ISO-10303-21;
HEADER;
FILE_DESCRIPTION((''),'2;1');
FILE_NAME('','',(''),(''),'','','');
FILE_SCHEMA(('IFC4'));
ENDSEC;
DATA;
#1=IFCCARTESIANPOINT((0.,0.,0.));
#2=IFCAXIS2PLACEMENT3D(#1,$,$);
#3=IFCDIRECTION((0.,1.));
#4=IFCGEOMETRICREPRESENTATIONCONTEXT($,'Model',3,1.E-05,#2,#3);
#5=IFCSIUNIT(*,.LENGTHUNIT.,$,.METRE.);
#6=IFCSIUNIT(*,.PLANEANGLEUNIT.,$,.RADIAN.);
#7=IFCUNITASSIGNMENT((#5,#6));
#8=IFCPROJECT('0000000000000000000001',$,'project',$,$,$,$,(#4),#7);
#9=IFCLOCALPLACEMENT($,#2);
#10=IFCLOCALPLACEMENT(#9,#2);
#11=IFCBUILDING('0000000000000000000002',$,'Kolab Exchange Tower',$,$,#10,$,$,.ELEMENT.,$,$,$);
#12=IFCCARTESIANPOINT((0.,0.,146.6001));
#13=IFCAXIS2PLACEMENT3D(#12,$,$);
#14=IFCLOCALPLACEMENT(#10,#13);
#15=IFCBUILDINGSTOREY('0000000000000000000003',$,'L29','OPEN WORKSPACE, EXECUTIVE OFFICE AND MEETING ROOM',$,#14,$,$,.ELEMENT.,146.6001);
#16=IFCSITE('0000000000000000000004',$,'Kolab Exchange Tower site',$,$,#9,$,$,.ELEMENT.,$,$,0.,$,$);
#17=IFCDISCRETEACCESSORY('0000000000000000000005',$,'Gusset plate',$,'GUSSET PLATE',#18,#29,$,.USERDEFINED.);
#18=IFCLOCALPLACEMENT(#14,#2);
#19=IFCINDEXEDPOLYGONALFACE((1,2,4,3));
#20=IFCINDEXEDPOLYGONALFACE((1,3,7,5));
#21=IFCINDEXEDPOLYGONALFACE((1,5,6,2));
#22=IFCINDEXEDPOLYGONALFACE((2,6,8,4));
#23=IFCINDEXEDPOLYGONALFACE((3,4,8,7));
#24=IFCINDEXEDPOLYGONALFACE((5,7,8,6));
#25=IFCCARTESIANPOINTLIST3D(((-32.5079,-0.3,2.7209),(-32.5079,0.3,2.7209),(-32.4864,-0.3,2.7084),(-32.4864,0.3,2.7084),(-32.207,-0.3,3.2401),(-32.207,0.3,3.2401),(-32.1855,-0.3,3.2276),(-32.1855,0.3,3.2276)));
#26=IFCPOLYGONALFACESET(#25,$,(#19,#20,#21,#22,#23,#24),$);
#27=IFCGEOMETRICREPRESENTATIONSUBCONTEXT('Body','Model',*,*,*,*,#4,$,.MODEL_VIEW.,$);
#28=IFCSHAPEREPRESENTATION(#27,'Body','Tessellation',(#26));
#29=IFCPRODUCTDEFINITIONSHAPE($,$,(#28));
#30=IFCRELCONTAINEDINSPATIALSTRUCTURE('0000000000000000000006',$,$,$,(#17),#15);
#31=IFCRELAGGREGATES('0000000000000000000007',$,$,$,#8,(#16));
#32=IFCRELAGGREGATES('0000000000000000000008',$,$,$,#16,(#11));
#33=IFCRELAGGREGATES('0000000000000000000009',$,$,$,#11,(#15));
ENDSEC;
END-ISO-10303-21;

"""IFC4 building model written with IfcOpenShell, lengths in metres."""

from ifc_helpers import new_model, si_unit, direction, frame, origin, origin_2d, place, context, subcontext, project, spatial, rectangle, extrude, element, save


model = new_model("IFC4")

# Units and contexts
model_context = context("Model", 3, precision=1e-05, world=origin(), true_north=direction((0.0, 1.0)))
body_context = subcontext(model_context, "Body", "Model", "MODEL_VIEW")
ifc_project = project(units=[si_unit("LENGTHUNIT", "METRE"), si_unit("PLANEANGLEUNIT", "RADIAN")], contexts=[model_context])

# Site, building, storey
site_placement = place(None, origin())
site = spatial("IfcSite", under=ifc_project, at=site_placement, Name="Kolab Exchange Tower site", CompositionType="ELEMENT", RefElevation=0.0)
building_placement = place(site_placement, origin())
building = spatial("IfcBuilding", under=site, at=building_placement, Name="Kolab Exchange Tower", CompositionType="ELEMENT")
storey_placement = place(building_placement, frame((0.0, 0.0, 146.6001)))
storey = spatial("IfcBuildingStorey", under=building, at=storey_placement, Name="L29", Description="OPEN WORKSPACE, EXECUTIVE OFFICE AND MEETING ROOM", CompositionType="ELEMENT", Elevation=146.6001)

# Discrete accessory
discrete_accessory_placement = place(storey_placement, frame((-32.3359, 0.0, 2.968), z_axis=(-0.865202, 0.0, 0.501424), x_axis=(0.0, -1.0, 0.0)))
element("IfcDiscreteAccessory", 1, at=discrete_accessory_placement, inside=storey, Name="Gusset plate", ObjectType="GUSSET PLATE", PredefinedType="USERDEFINED", context=body_context, shape_type="SweptSolid", body=[
    extrude(rectangle(XDim=0.6001, YDim=0.6001, at=origin_2d()), origin(), (0.0, 0.0, 1.0), 0.0249),
])

save(model, "model.ifc")
